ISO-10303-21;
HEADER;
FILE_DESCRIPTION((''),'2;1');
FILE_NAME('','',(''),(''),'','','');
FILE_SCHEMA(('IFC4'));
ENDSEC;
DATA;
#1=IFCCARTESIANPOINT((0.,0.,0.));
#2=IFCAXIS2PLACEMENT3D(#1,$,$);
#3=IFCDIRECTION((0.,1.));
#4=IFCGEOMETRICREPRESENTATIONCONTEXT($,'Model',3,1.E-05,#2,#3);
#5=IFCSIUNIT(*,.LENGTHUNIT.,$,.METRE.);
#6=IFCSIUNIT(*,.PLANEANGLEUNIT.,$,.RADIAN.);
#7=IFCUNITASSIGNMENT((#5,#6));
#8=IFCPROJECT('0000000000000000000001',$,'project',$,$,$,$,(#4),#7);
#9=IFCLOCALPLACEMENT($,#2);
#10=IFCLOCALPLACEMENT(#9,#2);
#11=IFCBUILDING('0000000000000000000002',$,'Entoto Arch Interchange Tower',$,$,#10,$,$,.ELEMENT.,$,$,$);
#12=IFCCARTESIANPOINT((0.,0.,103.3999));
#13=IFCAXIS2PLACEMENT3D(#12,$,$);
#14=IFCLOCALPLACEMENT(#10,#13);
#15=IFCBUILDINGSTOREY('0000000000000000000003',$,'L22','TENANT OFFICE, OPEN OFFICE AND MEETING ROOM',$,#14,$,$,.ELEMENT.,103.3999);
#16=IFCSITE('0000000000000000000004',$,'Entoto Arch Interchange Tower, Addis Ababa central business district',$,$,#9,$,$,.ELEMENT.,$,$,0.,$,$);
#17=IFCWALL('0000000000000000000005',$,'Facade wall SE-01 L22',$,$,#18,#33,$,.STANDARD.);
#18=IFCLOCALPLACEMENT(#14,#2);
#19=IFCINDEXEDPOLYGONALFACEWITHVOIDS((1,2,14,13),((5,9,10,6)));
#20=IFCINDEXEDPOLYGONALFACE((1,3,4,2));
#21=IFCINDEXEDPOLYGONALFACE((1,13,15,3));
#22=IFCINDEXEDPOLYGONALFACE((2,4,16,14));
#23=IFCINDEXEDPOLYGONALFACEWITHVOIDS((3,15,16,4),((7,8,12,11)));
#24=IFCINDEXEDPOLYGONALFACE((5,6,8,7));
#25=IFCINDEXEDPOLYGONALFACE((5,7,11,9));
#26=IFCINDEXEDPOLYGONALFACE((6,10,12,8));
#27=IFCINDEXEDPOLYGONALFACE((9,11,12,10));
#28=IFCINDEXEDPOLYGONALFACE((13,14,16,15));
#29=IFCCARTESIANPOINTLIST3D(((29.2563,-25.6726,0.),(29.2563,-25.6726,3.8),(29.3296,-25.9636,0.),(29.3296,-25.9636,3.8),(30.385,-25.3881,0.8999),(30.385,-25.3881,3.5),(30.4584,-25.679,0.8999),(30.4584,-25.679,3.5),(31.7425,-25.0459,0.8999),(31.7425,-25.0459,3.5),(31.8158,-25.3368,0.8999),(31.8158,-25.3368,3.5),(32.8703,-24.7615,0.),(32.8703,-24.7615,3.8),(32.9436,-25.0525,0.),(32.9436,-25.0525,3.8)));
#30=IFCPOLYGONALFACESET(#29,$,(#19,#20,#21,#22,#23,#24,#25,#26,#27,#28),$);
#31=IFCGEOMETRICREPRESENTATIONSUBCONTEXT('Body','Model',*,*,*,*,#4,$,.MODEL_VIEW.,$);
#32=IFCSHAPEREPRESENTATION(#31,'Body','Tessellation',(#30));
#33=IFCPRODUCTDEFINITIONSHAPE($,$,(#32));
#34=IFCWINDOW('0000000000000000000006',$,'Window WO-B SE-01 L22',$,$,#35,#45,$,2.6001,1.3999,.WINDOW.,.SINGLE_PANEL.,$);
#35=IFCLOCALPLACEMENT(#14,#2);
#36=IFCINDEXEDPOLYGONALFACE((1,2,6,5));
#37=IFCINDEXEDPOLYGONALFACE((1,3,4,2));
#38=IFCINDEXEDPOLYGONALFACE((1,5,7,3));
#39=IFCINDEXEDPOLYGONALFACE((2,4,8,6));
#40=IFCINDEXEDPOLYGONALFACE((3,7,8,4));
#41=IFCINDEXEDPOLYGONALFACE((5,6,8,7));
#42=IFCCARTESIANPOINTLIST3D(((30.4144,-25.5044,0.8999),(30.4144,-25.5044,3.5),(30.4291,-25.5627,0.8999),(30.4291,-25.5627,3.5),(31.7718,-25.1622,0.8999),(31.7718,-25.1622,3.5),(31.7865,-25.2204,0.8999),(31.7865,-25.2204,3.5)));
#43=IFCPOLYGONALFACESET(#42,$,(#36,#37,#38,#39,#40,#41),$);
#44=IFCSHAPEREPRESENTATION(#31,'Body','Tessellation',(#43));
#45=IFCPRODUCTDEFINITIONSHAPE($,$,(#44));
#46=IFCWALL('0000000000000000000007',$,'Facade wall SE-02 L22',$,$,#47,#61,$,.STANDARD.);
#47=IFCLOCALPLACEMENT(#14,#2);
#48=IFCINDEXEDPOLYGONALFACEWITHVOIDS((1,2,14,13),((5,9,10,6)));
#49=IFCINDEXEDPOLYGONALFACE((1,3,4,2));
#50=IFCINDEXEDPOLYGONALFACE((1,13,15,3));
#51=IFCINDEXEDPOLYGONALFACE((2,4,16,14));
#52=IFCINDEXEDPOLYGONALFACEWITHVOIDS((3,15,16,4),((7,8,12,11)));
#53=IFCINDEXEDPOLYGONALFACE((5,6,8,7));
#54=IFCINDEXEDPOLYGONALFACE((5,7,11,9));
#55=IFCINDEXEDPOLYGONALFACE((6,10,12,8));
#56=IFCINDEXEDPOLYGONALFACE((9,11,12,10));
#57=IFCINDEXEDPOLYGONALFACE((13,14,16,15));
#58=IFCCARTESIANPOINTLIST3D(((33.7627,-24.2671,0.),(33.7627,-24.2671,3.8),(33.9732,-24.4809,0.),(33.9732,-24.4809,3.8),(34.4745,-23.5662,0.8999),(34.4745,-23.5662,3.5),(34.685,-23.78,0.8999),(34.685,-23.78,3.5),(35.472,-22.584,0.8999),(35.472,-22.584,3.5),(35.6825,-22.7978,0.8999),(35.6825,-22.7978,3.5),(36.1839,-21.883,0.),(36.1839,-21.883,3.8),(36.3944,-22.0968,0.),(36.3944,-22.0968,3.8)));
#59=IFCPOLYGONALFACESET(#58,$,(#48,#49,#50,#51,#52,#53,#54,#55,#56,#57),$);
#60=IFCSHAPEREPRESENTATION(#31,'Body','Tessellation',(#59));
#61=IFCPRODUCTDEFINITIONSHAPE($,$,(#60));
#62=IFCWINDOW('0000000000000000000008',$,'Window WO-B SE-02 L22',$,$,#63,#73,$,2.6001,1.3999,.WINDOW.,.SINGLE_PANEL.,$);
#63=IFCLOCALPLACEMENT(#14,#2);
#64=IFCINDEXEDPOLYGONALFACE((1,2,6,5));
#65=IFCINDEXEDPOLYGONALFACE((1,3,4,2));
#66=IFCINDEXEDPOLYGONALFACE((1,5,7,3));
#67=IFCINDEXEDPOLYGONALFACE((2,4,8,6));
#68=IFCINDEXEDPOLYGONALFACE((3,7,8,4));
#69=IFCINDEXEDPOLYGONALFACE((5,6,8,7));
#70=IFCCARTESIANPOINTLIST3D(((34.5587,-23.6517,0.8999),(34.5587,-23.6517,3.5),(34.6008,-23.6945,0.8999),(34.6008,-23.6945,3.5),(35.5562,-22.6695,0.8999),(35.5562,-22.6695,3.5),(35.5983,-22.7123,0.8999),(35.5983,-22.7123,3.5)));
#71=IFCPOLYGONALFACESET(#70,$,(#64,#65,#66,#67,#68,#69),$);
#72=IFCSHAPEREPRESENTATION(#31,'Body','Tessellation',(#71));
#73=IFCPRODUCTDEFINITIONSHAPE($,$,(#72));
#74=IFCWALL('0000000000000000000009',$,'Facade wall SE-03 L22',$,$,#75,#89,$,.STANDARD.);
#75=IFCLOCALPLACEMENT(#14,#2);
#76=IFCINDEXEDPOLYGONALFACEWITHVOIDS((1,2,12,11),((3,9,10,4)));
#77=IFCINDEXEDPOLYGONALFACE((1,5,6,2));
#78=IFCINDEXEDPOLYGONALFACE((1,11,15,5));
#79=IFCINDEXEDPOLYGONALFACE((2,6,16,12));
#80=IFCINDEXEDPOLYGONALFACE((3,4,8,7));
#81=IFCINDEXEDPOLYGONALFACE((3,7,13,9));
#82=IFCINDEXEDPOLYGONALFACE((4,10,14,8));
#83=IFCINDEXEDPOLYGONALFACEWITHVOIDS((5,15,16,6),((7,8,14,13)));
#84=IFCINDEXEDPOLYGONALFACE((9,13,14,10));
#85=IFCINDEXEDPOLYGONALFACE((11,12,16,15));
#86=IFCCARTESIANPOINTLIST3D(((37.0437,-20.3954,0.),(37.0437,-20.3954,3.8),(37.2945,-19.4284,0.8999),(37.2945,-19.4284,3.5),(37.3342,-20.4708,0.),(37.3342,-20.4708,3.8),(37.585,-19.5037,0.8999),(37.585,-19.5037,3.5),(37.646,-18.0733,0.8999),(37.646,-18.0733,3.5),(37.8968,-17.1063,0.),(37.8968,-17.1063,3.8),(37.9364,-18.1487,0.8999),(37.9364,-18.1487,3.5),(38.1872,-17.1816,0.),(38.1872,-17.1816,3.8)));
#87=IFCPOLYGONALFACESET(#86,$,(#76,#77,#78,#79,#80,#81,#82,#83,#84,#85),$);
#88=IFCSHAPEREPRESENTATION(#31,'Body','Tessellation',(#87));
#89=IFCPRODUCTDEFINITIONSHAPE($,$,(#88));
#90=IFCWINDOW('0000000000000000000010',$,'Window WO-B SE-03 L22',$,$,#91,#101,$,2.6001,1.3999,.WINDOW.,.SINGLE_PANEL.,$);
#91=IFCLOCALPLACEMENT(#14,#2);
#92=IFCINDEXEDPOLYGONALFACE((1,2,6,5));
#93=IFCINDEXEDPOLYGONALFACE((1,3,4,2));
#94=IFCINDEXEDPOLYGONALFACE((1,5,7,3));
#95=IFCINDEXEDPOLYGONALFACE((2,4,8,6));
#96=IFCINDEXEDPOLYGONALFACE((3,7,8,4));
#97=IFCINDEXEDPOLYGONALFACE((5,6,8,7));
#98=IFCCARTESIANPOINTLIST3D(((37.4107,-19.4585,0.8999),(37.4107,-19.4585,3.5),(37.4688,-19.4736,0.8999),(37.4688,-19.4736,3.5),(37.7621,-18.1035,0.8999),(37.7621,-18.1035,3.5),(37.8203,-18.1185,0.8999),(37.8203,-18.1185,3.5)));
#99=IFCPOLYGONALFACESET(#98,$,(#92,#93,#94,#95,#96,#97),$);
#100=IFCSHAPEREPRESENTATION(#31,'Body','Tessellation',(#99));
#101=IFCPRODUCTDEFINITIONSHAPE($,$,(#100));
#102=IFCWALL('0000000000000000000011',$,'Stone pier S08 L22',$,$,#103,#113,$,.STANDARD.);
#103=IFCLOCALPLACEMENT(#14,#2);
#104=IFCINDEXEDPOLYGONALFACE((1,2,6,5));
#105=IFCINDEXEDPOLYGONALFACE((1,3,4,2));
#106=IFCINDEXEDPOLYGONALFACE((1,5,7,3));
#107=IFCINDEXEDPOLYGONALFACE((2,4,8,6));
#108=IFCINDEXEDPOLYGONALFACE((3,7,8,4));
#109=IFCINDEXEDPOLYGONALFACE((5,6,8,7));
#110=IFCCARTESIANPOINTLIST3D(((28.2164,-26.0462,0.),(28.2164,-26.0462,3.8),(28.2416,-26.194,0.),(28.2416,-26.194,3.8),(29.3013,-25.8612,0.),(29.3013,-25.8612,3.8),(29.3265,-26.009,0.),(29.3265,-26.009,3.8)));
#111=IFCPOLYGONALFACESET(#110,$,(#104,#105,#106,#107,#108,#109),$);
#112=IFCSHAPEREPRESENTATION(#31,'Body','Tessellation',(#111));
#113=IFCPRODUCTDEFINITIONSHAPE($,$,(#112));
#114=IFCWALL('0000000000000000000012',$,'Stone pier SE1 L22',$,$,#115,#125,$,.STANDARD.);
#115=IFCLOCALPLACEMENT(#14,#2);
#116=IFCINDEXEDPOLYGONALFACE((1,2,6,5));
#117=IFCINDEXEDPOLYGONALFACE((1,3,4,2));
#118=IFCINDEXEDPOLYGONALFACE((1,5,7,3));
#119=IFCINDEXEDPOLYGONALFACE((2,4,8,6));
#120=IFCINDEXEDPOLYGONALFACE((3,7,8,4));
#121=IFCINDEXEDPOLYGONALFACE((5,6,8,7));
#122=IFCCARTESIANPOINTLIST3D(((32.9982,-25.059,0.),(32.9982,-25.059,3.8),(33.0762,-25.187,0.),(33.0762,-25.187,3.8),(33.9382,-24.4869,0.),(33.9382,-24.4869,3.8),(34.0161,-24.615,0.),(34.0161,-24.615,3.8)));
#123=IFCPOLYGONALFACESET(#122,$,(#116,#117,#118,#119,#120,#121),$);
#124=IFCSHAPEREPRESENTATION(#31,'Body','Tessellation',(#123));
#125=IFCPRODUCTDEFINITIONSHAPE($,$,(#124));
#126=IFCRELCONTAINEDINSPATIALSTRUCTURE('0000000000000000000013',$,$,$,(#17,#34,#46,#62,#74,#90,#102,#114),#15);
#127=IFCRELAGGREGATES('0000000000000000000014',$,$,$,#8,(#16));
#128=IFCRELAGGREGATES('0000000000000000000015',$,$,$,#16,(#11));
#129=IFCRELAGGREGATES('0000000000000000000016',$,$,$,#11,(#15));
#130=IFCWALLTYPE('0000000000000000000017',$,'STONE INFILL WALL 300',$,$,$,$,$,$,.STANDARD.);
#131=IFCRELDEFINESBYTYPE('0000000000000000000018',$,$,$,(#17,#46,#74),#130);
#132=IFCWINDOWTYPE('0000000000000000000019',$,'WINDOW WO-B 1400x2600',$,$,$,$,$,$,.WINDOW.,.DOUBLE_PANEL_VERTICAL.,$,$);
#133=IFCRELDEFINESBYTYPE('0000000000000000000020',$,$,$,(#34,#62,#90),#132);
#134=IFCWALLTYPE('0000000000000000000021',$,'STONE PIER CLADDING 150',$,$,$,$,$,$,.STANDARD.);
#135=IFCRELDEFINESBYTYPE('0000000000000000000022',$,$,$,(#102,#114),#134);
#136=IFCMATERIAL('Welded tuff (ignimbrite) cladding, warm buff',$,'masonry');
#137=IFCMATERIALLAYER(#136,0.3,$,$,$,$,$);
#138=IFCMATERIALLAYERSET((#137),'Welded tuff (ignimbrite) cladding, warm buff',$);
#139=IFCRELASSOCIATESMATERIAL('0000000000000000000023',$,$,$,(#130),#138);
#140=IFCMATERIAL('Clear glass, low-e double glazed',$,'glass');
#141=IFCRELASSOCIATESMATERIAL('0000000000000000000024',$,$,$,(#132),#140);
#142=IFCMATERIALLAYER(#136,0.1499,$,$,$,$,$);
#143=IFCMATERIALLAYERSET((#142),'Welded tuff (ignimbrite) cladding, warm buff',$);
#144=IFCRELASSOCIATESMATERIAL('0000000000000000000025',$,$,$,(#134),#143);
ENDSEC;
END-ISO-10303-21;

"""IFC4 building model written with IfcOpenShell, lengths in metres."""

from ifc_helpers import new_model, si_unit, direction, frame, frame_2d, origin, place, context, subcontext, project, spatial, rectangle, extrude, material, layer, layer_set, type_object, element, fill, save


model = new_model("IFC4")

# Units and contexts
model_context = context("Model", 3, precision=1e-05, world=origin(), true_north=direction((0.0, 1.0)))
body_context = subcontext(model_context, "Body", "Model", "MODEL_VIEW")
ifc_project = project(units=[si_unit("LENGTHUNIT", "METRE"), si_unit("PLANEANGLEUNIT", "RADIAN")], contexts=[model_context])

# Site, building, storey
site_placement = place(None, origin())
site = spatial("IfcSite", under=ifc_project, at=site_placement, Name="Entoto Arch Interchange Tower, Addis Ababa central business district", CompositionType="ELEMENT", RefElevation=0.0)
building_placement = place(site_placement, origin())
building = spatial("IfcBuilding", under=site, at=building_placement, Name="Entoto Arch Interchange Tower", CompositionType="ELEMENT")
storey_placement = place(building_placement, frame((0.0, 0.0, 103.3999)))
storey = spatial("IfcBuildingStorey", under=building, at=storey_placement, Name="L22", Description="TENANT OFFICE, OPEN OFFICE AND MEETING ROOM", CompositionType="ELEMENT", Elevation=103.3999)

# Walls, openings, windows
ifc_material_1 = material(Name="Welded tuff (ignimbrite) cladding, warm buff", Category="masonry")
ifc_layer_1 = layer(ifc_material_1, 0.3)
ifc_layer_set_1 = layer_set([ifc_layer_1], Name="Welded tuff (ignimbrite) cladding, warm buff")
wall_type_1 = type_object("IfcWallType", Name="STONE INFILL WALL 300", PredefinedType="STANDARD", material=ifc_layer_set_1)
wall_1_placement = place(storey_placement, frame((29.293, -25.8181, 0.0), z_axis=(0.0, 0.0, 1.0), x_axis=(0.969659, 0.244462, 0.0)))
wall_1 = element("IfcWall", 1, at=wall_1_placement, inside=storey, type_object=wall_type_1, Name="Facade wall SE-01 L22", PredefinedType="STANDARD", context=body_context, shape_type="SweptSolid", body=[
    extrude(rectangle(XDim=3.7271, YDim=0.3, at=frame_2d((1.8635, 0.0))), origin(), (0.0, 0.0, 1.0), 3.8),
])
opening_1_placement = place(wall_1_placement, frame((1.1641, 0.0, 0.8999)))
opening_1 = element("IfcOpeningElement", 2, at=opening_1_placement, cuts=wall_1, PredefinedType="OPENING", context=body_context, shape_type="SweptSolid", body=[
    extrude(rectangle(XDim=1.3999, YDim=2.6001, at=frame_2d((0.7, 1.3))), frame((0.0, 0.1602, 0.0), z_axis=(0.0, -1.0, 0.0), x_axis=(1.0, 0.0, 0.0)), (0.0, 0.0, 1.0), 0.3201),
])
ifc_material_2 = material(Name="Clear glass, low-e double glazed", Category="glass")
window_type = type_object("IfcWindowType", Name="WINDOW WO-B 1400x2600", PartitioningType="DOUBLE_PANEL_VERTICAL", PredefinedType="WINDOW", material=ifc_material_2)
window_1_placement = place(opening_1_placement, origin())
window_1 = element("IfcWindow", 3, at=window_1_placement, inside=storey, type_object=window_type, Name="Window WO-B SE-01 L22", OverallHeight=2.6001, OverallWidth=1.3999, PartitioningType="SINGLE_PANEL", PredefinedType="WINDOW", context=body_context, shape_type="SweptSolid", body=[
    extrude(rectangle(XDim=1.3999, YDim=2.6001, at=frame_2d((0.7, 1.3))), frame((0.0, 0.03, 0.0), z_axis=(0.0, -1.0, 0.0), x_axis=(1.0, 0.0, 0.0)), (0.0, 0.0, 1.0), 0.0601),
])
fill(opening_1, window_1)
wall_2_placement = place(storey_placement, frame((33.8679, -24.374, 0.0), z_axis=(0.0, 0.0, 1.0), x_axis=(0.712546, 0.701625, 0.0)))
wall_2 = element("IfcWall", 4, at=wall_2_placement, inside=storey, type_object=wall_type_1, Name="Facade wall SE-02 L22", PredefinedType="STANDARD", context=body_context, shape_type="SweptSolid", body=[
    extrude(rectangle(XDim=3.3979, YDim=0.3, at=frame_2d((1.699, 0.0))), origin(), (0.0, 0.0, 1.0), 3.8),
])
opening_2_placement = place(wall_2_placement, frame((0.999, 0.0, 0.8999)))
opening_2 = element("IfcOpeningElement", 5, at=opening_2_placement, cuts=wall_2, PredefinedType="OPENING", context=body_context, shape_type="SweptSolid", body=[
    extrude(rectangle(XDim=1.3999, YDim=2.6001, at=frame_2d((0.7, 1.3))), frame((0.0, 0.1602, 0.0), z_axis=(0.0, -1.0, 0.0), x_axis=(1.0, 0.0, 0.0)), (0.0, 0.0, 1.0), 0.3201),
])
window_2_placement = place(opening_2_placement, origin())
window_2 = element("IfcWindow", 6, at=window_2_placement, inside=storey, type_object=window_type, Name="Window WO-B SE-02 L22", OverallHeight=2.6001, OverallWidth=1.3999, PartitioningType="SINGLE_PANEL", PredefinedType="WINDOW", context=body_context, shape_type="SweptSolid", body=[
    extrude(rectangle(XDim=1.3999, YDim=2.6001, at=frame_2d((0.7, 1.3))), frame((0.0, 0.03, 0.0), z_axis=(0.0, -1.0, 0.0), x_axis=(1.0, 0.0, 0.0)), (0.0, 0.0, 1.0), 0.0601),
])
fill(opening_2, window_2)
wall_3_placement = place(storey_placement, frame((37.189, -20.4331, 0.0), z_axis=(0.0, 0.0, 1.0), x_axis=(0.251047, 0.967975, 0.0)))
wall_3 = element("IfcWall", 7, at=wall_3_placement, inside=storey, type_object=wall_type_1, Name="Facade wall SE-03 L22", PredefinedType="STANDARD", context=body_context, shape_type="SweptSolid", body=[
    extrude(rectangle(XDim=3.3979, YDim=0.3, at=frame_2d((1.699, 0.0))), origin(), (0.0, 0.0, 1.0), 3.8),
])
opening_3_placement = place(wall_3_placement, frame((0.999, 0.0, 0.8999)))
opening_3 = element("IfcOpeningElement", 8, at=opening_3_placement, cuts=wall_3, PredefinedType="OPENING", context=body_context, shape_type="SweptSolid", body=[
    extrude(rectangle(XDim=1.3999, YDim=2.6001, at=frame_2d((0.7, 1.3))), frame((0.0, 0.1602, 0.0), z_axis=(0.0, -1.0, 0.0), x_axis=(1.0, 0.0, 0.0)), (0.0, 0.0, 1.0), 0.3201),
])
window_3_placement = place(opening_3_placement, origin())
window_3 = element("IfcWindow", 9, at=window_3_placement, inside=storey, type_object=window_type, Name="Window WO-B SE-03 L22", OverallHeight=2.6001, OverallWidth=1.3999, PartitioningType="SINGLE_PANEL", PredefinedType="WINDOW", context=body_context, shape_type="SweptSolid", body=[
    extrude(rectangle(XDim=1.3999, YDim=2.6001, at=frame_2d((0.7, 1.3))), frame((0.0, 0.03, 0.0), z_axis=(0.0, -1.0, 0.0), x_axis=(1.0, 0.0, 0.0)), (0.0, 0.0, 1.0), 0.0601),
])
fill(opening_3, window_3)

# Walls
ifc_layer_2 = layer(ifc_material_1, 0.1499)
ifc_layer_set_2 = layer_set([ifc_layer_2], Name="Welded tuff (ignimbrite) cladding, warm buff")
wall_type_2 = type_object("IfcWallType", Name="STONE PIER CLADDING 150", PredefinedType="STANDARD", material=ifc_layer_set_2)
wall_4_placement = place(storey_placement, frame((28.229, -26.1201, 0.0), z_axis=(0.0, 0.0, 1.0), x_axis=(0.985763, 0.168139, 0.0)))
element("IfcWall", 10, at=wall_4_placement, inside=storey, type_object=wall_type_2, Name="Stone pier S08 L22", PredefinedType="STANDARD", context=body_context, shape_type="SweptSolid", body=[
    extrude(rectangle(XDim=1.1006, YDim=0.1499, at=frame_2d((0.5503, 0.0))), origin(), (0.0, 0.0, 1.0), 3.8),
])
wall_5_placement = place(storey_placement, frame((33.0371, -25.123, 0.0), z_axis=(0.0, 0.0, 1.0), x_axis=(0.854246, 0.51987, 0.0)))
element("IfcWall", 11, at=wall_5_placement, inside=storey, type_object=wall_type_2, Name="Stone pier SE1 L22", PredefinedType="STANDARD", context=body_context, shape_type="SweptSolid", body=[
    extrude(rectangle(XDim=1.1003, YDim=0.1499, at=frame_2d((0.5503, 0.0))), origin(), (0.0, 0.0, 1.0), 3.8),
])

save(model, "model.ifc")
